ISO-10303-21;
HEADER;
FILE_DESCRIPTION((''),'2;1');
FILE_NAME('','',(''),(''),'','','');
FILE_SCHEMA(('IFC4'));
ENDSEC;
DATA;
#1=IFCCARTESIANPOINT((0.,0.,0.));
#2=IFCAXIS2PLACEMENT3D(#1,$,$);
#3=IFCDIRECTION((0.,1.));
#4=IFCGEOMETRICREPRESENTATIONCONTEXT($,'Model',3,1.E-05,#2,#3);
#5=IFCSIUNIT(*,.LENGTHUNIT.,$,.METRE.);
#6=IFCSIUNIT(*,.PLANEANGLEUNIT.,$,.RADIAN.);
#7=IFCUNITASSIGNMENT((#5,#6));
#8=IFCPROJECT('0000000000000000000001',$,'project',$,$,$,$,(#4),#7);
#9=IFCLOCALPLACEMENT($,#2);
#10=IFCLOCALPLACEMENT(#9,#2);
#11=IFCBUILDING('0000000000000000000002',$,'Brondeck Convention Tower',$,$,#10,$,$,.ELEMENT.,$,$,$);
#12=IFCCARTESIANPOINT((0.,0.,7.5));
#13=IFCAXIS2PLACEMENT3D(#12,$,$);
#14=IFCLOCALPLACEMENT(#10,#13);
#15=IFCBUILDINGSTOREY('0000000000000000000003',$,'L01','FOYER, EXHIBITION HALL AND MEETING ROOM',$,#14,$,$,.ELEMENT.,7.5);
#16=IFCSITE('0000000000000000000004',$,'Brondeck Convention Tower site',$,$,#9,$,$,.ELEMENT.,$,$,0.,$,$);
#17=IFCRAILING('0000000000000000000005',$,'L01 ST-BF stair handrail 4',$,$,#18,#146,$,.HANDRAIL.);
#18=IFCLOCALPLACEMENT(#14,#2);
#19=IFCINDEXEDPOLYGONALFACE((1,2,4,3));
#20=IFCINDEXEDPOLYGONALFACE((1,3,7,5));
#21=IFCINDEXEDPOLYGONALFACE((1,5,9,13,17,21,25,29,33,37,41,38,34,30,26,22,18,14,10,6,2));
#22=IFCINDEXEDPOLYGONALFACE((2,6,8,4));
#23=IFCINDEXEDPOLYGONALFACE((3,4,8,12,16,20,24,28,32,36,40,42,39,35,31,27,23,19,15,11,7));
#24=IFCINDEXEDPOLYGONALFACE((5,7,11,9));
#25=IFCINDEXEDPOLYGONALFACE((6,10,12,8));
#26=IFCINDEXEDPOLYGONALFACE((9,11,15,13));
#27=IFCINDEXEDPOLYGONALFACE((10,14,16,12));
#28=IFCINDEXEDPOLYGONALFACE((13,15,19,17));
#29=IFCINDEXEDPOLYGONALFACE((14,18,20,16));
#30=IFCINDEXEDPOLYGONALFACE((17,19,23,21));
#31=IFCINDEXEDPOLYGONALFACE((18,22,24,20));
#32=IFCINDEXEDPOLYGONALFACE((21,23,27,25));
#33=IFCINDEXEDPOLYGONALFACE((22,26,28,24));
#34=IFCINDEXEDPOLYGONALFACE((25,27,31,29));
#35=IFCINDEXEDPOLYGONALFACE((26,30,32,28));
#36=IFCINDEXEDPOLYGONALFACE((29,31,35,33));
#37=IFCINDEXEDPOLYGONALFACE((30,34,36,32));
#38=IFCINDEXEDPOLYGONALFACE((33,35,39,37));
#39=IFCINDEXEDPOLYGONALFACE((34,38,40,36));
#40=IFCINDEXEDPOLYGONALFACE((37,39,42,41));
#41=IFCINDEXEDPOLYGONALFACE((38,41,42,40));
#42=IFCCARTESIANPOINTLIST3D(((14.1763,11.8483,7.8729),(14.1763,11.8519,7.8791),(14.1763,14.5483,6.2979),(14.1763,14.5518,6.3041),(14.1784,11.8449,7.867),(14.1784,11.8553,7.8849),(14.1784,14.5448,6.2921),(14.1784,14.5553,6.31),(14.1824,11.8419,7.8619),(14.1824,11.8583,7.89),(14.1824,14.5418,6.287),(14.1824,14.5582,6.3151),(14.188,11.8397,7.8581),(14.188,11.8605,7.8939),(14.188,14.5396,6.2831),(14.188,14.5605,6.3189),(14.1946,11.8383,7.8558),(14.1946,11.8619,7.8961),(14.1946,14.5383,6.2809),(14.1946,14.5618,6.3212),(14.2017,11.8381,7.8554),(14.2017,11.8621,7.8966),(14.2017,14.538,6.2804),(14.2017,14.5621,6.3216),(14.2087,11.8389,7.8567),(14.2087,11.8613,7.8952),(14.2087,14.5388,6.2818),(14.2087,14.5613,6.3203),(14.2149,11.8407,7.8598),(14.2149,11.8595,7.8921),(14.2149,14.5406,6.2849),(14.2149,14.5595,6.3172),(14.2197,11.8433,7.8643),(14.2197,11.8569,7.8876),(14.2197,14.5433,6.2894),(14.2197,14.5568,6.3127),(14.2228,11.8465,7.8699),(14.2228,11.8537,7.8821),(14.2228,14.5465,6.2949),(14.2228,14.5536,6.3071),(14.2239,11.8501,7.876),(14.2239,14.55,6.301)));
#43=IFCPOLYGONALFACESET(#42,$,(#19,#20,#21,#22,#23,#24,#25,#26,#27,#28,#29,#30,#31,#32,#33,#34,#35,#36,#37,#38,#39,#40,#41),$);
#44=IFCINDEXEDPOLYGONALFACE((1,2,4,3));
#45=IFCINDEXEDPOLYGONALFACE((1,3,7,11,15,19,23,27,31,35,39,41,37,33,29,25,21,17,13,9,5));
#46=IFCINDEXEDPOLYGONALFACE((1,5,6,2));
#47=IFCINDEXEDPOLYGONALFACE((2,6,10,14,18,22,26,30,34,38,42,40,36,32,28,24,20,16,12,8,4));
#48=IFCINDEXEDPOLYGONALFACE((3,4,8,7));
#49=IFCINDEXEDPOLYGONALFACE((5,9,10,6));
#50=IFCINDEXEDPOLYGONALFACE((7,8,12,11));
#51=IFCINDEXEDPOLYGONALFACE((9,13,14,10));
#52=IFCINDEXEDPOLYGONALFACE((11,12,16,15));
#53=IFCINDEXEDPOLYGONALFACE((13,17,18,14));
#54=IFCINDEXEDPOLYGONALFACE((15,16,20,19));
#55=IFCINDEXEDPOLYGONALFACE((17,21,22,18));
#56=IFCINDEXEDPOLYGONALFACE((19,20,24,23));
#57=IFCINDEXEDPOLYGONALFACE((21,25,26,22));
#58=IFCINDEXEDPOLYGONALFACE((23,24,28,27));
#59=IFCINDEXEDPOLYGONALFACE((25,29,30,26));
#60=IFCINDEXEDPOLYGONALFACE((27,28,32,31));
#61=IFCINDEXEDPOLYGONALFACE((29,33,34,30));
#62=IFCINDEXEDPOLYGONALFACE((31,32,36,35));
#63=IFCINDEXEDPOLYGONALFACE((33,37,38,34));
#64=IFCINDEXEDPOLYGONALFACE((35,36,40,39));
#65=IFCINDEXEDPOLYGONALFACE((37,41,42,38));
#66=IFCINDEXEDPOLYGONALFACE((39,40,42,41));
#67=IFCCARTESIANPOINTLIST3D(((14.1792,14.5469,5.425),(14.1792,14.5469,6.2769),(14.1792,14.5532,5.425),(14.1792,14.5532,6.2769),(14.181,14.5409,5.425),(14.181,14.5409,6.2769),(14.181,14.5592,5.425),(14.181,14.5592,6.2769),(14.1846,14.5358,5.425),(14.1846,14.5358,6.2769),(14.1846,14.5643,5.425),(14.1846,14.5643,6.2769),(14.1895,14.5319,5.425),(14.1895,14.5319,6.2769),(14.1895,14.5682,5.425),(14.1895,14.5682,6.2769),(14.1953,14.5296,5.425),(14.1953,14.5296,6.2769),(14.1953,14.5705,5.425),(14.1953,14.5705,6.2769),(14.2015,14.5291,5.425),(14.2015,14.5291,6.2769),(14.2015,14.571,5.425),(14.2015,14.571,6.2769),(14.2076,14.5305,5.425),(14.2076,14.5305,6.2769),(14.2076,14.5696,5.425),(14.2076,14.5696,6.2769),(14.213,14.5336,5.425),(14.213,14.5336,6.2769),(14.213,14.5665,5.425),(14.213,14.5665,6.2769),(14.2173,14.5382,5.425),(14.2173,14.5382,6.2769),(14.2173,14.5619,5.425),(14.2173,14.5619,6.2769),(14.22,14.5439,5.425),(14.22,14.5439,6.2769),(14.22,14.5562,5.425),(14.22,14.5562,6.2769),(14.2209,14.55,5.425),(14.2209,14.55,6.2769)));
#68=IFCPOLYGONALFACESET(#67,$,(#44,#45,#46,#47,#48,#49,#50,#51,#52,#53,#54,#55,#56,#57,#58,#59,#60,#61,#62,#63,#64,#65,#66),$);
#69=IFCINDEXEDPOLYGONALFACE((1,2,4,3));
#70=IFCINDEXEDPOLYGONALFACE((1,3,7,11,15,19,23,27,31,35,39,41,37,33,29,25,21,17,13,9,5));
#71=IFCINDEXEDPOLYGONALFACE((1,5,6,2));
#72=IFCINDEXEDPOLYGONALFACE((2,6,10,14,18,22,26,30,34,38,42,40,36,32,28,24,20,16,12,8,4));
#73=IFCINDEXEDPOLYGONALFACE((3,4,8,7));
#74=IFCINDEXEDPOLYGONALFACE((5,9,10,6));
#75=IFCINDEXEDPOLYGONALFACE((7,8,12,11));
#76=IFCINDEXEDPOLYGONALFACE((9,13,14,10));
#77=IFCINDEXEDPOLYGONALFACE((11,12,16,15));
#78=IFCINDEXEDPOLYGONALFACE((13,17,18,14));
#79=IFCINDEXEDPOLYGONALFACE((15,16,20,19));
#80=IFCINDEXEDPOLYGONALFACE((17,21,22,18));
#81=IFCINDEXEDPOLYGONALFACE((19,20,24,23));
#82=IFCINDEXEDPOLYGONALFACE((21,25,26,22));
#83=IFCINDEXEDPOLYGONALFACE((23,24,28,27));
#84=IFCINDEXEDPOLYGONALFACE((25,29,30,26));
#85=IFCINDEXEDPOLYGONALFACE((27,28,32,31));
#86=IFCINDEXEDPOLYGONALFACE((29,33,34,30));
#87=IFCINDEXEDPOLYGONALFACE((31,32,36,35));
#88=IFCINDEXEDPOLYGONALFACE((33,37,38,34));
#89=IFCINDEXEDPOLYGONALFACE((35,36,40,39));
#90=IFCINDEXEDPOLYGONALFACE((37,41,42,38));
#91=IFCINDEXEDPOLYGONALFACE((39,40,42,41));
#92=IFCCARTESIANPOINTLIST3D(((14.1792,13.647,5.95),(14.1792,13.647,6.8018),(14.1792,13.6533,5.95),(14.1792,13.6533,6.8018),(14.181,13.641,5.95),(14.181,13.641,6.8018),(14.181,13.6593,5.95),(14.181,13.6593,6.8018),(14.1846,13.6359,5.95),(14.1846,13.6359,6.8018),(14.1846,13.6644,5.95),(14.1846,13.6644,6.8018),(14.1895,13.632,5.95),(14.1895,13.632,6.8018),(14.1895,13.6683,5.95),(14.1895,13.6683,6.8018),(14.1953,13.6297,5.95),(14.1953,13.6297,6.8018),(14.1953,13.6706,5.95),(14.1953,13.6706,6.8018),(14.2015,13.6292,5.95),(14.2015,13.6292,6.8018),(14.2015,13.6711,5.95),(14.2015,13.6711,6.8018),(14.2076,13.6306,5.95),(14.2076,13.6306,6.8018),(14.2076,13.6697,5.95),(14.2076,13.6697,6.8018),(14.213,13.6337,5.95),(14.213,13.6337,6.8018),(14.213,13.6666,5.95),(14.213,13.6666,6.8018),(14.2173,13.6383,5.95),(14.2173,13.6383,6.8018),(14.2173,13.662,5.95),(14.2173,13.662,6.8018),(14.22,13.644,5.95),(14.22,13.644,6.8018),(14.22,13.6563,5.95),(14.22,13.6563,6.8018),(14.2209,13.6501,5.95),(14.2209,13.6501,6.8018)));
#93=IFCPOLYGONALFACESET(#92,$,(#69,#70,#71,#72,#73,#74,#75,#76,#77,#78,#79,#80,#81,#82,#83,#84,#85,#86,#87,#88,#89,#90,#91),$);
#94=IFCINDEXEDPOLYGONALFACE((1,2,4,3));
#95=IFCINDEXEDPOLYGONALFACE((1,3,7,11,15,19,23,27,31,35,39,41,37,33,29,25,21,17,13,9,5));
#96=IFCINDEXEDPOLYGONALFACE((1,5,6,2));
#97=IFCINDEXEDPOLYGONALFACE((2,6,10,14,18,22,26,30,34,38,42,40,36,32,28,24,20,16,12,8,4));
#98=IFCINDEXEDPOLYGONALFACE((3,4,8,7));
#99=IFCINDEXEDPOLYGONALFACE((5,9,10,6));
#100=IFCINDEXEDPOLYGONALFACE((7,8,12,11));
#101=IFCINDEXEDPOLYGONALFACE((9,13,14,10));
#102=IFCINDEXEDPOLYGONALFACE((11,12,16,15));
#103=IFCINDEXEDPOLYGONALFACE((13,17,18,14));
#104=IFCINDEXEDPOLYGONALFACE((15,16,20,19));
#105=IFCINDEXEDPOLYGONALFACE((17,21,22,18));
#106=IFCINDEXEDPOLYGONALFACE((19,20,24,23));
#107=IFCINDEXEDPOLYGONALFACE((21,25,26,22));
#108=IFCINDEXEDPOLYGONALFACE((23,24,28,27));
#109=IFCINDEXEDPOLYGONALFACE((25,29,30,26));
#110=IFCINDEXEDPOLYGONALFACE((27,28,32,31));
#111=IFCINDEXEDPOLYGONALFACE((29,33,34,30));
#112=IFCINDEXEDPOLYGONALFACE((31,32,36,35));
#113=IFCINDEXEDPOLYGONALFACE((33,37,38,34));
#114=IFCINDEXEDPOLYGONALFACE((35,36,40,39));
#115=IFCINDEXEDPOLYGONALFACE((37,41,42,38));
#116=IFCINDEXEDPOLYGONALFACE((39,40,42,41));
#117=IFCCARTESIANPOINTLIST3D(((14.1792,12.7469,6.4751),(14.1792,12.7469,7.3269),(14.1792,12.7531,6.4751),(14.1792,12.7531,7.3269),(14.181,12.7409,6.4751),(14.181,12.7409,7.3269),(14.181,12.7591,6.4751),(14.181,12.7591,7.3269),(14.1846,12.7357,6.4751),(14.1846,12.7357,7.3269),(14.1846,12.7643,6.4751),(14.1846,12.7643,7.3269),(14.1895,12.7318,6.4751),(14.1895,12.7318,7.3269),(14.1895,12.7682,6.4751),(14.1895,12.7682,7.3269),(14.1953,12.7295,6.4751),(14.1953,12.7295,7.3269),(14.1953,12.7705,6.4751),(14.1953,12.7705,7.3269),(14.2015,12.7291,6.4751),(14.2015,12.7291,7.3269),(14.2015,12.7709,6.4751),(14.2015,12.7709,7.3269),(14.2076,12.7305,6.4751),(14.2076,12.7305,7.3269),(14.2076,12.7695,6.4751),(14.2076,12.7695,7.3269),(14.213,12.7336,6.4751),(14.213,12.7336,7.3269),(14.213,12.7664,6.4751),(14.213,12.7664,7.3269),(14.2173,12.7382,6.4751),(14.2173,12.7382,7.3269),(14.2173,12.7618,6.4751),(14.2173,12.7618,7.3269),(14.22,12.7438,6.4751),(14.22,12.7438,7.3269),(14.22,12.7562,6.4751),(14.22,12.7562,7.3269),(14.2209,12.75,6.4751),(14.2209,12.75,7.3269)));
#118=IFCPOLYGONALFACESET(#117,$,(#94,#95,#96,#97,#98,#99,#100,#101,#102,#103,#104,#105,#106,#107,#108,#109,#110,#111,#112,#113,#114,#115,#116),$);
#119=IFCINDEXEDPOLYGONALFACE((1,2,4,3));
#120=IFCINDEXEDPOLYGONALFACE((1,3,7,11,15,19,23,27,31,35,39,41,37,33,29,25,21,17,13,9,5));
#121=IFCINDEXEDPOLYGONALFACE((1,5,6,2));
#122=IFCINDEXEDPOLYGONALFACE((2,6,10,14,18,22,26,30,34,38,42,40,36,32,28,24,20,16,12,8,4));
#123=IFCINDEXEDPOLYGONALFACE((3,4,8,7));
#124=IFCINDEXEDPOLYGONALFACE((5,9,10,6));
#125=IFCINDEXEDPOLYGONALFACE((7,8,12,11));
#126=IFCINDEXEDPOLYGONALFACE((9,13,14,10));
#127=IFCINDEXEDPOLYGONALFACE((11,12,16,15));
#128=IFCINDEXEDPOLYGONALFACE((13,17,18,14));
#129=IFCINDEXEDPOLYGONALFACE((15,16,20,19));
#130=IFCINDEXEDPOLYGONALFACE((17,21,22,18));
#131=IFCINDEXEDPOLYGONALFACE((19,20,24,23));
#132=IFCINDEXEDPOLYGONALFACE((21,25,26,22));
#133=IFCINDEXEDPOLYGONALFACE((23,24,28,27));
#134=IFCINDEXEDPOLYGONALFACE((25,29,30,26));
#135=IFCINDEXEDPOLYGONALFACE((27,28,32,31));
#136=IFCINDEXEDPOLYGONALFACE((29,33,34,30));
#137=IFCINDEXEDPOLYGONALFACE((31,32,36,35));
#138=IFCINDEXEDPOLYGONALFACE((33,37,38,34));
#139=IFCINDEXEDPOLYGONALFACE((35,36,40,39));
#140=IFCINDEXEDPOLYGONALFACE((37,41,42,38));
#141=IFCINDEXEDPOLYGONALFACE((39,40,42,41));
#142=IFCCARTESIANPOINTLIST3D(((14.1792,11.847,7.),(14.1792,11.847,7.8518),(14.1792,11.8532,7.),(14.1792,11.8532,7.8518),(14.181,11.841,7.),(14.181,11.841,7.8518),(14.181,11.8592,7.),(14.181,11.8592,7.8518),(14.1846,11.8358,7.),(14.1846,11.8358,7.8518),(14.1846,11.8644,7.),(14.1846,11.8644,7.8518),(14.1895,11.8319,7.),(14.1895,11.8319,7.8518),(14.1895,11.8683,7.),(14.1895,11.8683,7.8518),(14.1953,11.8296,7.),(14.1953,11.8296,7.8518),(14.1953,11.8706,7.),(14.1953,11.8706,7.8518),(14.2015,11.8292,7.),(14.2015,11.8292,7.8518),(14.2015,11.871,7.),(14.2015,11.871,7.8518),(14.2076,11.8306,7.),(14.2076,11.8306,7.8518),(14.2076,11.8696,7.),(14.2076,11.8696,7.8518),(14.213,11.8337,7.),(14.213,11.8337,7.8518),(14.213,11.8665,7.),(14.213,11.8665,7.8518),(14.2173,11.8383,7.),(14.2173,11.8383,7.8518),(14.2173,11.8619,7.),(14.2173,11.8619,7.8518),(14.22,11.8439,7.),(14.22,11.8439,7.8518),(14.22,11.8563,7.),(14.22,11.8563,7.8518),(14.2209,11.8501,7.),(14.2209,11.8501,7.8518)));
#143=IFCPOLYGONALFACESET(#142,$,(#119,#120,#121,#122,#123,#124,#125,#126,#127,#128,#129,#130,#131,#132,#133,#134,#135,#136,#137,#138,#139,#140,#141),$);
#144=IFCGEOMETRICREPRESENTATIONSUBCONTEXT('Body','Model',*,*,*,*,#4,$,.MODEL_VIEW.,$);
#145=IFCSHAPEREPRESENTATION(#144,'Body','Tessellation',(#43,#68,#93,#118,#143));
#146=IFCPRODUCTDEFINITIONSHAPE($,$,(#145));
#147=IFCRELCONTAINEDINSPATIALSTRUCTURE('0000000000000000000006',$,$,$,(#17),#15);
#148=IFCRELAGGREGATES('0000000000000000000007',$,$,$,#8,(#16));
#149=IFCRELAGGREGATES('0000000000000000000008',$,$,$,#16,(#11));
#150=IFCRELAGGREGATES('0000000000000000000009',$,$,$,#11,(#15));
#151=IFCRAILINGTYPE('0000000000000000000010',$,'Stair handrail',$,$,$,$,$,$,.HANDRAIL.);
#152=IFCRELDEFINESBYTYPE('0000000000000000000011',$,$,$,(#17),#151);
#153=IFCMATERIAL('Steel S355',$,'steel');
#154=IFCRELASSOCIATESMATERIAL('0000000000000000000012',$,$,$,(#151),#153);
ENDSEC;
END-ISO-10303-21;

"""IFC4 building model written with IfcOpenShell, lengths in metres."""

from ifc_helpers import new_model, si_unit, direction, frame, origin, origin_2d, place, context, subcontext, project, spatial, circle, extrude, material, type_object, element, save


model = new_model("IFC4")

# Units and contexts
model_context = context("Model", 3, precision=1e-05, world=origin(), true_north=direction((0.0, 1.0)))
body_context = subcontext(model_context, "Body", "Model", "MODEL_VIEW")
ifc_project = project(units=[si_unit("LENGTHUNIT", "METRE"), si_unit("PLANEANGLEUNIT", "RADIAN")], contexts=[model_context])

# Site, building, storey
site_placement = place(None, origin())
site = spatial("IfcSite", under=ifc_project, at=site_placement, Name="Brondeck Convention Tower site", CompositionType="ELEMENT", RefElevation=0.0)
building_placement = place(site_placement, origin())
building = spatial("IfcBuilding", under=site, at=building_placement, Name="Brondeck Convention Tower", CompositionType="ELEMENT")
storey_placement = place(building_placement, frame((0.0, 0.0, 7.5)))
storey = spatial("IfcBuildingStorey", under=building, at=storey_placement, Name="L01", Description="FOYER, EXHIBITION HALL AND MEETING ROOM", CompositionType="ELEMENT", Elevation=7.5)

# Shared definitions
ifc_material_1 = material(Name="Steel S355", Category="steel")

# Railing
railing_type_1 = type_object("IfcRailingType", Name="Stair handrail", PredefinedType="HANDRAIL", material=ifc_material_1)
railing_1_placement = place(storey_placement, frame((14.2, 14.55, 5.425)))
element("IfcRailing", 1, at=railing_1_placement, inside=storey, type_object=railing_type_1, Name="L01 ST-BF stair handrail 4", PredefinedType="HANDRAIL", context=body_context, shape_type="SweptSolid", body=[
    extrude(circle(Radius=0.0239, at=origin_2d()), frame((0.0, 0.0, 0.876), z_axis=(0.0, -0.863782, 0.503866), x_axis=(1.0, 0.0, 0.0)), (0.0, 0.0, 1.0), 3.1257),
    extrude(circle(Radius=0.021, at=origin_2d()), origin(), (0.0, 0.0, 1.0), 0.8518),
    extrude(circle(Radius=0.021, at=origin_2d()), frame((0.0, -0.8999, 0.5249)), (0.0, 0.0, 1.0), 0.8518),
    extrude(circle(Radius=0.021, at=origin_2d()), frame((0.0, -1.8, 1.05)), (0.0, 0.0, 1.0), 0.8518),
    extrude(circle(Radius=0.021, at=origin_2d()), frame((0.0, -2.7, 1.575)), (0.0, 0.0, 1.0), 0.8518),
])

save(model, "model.ifc")
